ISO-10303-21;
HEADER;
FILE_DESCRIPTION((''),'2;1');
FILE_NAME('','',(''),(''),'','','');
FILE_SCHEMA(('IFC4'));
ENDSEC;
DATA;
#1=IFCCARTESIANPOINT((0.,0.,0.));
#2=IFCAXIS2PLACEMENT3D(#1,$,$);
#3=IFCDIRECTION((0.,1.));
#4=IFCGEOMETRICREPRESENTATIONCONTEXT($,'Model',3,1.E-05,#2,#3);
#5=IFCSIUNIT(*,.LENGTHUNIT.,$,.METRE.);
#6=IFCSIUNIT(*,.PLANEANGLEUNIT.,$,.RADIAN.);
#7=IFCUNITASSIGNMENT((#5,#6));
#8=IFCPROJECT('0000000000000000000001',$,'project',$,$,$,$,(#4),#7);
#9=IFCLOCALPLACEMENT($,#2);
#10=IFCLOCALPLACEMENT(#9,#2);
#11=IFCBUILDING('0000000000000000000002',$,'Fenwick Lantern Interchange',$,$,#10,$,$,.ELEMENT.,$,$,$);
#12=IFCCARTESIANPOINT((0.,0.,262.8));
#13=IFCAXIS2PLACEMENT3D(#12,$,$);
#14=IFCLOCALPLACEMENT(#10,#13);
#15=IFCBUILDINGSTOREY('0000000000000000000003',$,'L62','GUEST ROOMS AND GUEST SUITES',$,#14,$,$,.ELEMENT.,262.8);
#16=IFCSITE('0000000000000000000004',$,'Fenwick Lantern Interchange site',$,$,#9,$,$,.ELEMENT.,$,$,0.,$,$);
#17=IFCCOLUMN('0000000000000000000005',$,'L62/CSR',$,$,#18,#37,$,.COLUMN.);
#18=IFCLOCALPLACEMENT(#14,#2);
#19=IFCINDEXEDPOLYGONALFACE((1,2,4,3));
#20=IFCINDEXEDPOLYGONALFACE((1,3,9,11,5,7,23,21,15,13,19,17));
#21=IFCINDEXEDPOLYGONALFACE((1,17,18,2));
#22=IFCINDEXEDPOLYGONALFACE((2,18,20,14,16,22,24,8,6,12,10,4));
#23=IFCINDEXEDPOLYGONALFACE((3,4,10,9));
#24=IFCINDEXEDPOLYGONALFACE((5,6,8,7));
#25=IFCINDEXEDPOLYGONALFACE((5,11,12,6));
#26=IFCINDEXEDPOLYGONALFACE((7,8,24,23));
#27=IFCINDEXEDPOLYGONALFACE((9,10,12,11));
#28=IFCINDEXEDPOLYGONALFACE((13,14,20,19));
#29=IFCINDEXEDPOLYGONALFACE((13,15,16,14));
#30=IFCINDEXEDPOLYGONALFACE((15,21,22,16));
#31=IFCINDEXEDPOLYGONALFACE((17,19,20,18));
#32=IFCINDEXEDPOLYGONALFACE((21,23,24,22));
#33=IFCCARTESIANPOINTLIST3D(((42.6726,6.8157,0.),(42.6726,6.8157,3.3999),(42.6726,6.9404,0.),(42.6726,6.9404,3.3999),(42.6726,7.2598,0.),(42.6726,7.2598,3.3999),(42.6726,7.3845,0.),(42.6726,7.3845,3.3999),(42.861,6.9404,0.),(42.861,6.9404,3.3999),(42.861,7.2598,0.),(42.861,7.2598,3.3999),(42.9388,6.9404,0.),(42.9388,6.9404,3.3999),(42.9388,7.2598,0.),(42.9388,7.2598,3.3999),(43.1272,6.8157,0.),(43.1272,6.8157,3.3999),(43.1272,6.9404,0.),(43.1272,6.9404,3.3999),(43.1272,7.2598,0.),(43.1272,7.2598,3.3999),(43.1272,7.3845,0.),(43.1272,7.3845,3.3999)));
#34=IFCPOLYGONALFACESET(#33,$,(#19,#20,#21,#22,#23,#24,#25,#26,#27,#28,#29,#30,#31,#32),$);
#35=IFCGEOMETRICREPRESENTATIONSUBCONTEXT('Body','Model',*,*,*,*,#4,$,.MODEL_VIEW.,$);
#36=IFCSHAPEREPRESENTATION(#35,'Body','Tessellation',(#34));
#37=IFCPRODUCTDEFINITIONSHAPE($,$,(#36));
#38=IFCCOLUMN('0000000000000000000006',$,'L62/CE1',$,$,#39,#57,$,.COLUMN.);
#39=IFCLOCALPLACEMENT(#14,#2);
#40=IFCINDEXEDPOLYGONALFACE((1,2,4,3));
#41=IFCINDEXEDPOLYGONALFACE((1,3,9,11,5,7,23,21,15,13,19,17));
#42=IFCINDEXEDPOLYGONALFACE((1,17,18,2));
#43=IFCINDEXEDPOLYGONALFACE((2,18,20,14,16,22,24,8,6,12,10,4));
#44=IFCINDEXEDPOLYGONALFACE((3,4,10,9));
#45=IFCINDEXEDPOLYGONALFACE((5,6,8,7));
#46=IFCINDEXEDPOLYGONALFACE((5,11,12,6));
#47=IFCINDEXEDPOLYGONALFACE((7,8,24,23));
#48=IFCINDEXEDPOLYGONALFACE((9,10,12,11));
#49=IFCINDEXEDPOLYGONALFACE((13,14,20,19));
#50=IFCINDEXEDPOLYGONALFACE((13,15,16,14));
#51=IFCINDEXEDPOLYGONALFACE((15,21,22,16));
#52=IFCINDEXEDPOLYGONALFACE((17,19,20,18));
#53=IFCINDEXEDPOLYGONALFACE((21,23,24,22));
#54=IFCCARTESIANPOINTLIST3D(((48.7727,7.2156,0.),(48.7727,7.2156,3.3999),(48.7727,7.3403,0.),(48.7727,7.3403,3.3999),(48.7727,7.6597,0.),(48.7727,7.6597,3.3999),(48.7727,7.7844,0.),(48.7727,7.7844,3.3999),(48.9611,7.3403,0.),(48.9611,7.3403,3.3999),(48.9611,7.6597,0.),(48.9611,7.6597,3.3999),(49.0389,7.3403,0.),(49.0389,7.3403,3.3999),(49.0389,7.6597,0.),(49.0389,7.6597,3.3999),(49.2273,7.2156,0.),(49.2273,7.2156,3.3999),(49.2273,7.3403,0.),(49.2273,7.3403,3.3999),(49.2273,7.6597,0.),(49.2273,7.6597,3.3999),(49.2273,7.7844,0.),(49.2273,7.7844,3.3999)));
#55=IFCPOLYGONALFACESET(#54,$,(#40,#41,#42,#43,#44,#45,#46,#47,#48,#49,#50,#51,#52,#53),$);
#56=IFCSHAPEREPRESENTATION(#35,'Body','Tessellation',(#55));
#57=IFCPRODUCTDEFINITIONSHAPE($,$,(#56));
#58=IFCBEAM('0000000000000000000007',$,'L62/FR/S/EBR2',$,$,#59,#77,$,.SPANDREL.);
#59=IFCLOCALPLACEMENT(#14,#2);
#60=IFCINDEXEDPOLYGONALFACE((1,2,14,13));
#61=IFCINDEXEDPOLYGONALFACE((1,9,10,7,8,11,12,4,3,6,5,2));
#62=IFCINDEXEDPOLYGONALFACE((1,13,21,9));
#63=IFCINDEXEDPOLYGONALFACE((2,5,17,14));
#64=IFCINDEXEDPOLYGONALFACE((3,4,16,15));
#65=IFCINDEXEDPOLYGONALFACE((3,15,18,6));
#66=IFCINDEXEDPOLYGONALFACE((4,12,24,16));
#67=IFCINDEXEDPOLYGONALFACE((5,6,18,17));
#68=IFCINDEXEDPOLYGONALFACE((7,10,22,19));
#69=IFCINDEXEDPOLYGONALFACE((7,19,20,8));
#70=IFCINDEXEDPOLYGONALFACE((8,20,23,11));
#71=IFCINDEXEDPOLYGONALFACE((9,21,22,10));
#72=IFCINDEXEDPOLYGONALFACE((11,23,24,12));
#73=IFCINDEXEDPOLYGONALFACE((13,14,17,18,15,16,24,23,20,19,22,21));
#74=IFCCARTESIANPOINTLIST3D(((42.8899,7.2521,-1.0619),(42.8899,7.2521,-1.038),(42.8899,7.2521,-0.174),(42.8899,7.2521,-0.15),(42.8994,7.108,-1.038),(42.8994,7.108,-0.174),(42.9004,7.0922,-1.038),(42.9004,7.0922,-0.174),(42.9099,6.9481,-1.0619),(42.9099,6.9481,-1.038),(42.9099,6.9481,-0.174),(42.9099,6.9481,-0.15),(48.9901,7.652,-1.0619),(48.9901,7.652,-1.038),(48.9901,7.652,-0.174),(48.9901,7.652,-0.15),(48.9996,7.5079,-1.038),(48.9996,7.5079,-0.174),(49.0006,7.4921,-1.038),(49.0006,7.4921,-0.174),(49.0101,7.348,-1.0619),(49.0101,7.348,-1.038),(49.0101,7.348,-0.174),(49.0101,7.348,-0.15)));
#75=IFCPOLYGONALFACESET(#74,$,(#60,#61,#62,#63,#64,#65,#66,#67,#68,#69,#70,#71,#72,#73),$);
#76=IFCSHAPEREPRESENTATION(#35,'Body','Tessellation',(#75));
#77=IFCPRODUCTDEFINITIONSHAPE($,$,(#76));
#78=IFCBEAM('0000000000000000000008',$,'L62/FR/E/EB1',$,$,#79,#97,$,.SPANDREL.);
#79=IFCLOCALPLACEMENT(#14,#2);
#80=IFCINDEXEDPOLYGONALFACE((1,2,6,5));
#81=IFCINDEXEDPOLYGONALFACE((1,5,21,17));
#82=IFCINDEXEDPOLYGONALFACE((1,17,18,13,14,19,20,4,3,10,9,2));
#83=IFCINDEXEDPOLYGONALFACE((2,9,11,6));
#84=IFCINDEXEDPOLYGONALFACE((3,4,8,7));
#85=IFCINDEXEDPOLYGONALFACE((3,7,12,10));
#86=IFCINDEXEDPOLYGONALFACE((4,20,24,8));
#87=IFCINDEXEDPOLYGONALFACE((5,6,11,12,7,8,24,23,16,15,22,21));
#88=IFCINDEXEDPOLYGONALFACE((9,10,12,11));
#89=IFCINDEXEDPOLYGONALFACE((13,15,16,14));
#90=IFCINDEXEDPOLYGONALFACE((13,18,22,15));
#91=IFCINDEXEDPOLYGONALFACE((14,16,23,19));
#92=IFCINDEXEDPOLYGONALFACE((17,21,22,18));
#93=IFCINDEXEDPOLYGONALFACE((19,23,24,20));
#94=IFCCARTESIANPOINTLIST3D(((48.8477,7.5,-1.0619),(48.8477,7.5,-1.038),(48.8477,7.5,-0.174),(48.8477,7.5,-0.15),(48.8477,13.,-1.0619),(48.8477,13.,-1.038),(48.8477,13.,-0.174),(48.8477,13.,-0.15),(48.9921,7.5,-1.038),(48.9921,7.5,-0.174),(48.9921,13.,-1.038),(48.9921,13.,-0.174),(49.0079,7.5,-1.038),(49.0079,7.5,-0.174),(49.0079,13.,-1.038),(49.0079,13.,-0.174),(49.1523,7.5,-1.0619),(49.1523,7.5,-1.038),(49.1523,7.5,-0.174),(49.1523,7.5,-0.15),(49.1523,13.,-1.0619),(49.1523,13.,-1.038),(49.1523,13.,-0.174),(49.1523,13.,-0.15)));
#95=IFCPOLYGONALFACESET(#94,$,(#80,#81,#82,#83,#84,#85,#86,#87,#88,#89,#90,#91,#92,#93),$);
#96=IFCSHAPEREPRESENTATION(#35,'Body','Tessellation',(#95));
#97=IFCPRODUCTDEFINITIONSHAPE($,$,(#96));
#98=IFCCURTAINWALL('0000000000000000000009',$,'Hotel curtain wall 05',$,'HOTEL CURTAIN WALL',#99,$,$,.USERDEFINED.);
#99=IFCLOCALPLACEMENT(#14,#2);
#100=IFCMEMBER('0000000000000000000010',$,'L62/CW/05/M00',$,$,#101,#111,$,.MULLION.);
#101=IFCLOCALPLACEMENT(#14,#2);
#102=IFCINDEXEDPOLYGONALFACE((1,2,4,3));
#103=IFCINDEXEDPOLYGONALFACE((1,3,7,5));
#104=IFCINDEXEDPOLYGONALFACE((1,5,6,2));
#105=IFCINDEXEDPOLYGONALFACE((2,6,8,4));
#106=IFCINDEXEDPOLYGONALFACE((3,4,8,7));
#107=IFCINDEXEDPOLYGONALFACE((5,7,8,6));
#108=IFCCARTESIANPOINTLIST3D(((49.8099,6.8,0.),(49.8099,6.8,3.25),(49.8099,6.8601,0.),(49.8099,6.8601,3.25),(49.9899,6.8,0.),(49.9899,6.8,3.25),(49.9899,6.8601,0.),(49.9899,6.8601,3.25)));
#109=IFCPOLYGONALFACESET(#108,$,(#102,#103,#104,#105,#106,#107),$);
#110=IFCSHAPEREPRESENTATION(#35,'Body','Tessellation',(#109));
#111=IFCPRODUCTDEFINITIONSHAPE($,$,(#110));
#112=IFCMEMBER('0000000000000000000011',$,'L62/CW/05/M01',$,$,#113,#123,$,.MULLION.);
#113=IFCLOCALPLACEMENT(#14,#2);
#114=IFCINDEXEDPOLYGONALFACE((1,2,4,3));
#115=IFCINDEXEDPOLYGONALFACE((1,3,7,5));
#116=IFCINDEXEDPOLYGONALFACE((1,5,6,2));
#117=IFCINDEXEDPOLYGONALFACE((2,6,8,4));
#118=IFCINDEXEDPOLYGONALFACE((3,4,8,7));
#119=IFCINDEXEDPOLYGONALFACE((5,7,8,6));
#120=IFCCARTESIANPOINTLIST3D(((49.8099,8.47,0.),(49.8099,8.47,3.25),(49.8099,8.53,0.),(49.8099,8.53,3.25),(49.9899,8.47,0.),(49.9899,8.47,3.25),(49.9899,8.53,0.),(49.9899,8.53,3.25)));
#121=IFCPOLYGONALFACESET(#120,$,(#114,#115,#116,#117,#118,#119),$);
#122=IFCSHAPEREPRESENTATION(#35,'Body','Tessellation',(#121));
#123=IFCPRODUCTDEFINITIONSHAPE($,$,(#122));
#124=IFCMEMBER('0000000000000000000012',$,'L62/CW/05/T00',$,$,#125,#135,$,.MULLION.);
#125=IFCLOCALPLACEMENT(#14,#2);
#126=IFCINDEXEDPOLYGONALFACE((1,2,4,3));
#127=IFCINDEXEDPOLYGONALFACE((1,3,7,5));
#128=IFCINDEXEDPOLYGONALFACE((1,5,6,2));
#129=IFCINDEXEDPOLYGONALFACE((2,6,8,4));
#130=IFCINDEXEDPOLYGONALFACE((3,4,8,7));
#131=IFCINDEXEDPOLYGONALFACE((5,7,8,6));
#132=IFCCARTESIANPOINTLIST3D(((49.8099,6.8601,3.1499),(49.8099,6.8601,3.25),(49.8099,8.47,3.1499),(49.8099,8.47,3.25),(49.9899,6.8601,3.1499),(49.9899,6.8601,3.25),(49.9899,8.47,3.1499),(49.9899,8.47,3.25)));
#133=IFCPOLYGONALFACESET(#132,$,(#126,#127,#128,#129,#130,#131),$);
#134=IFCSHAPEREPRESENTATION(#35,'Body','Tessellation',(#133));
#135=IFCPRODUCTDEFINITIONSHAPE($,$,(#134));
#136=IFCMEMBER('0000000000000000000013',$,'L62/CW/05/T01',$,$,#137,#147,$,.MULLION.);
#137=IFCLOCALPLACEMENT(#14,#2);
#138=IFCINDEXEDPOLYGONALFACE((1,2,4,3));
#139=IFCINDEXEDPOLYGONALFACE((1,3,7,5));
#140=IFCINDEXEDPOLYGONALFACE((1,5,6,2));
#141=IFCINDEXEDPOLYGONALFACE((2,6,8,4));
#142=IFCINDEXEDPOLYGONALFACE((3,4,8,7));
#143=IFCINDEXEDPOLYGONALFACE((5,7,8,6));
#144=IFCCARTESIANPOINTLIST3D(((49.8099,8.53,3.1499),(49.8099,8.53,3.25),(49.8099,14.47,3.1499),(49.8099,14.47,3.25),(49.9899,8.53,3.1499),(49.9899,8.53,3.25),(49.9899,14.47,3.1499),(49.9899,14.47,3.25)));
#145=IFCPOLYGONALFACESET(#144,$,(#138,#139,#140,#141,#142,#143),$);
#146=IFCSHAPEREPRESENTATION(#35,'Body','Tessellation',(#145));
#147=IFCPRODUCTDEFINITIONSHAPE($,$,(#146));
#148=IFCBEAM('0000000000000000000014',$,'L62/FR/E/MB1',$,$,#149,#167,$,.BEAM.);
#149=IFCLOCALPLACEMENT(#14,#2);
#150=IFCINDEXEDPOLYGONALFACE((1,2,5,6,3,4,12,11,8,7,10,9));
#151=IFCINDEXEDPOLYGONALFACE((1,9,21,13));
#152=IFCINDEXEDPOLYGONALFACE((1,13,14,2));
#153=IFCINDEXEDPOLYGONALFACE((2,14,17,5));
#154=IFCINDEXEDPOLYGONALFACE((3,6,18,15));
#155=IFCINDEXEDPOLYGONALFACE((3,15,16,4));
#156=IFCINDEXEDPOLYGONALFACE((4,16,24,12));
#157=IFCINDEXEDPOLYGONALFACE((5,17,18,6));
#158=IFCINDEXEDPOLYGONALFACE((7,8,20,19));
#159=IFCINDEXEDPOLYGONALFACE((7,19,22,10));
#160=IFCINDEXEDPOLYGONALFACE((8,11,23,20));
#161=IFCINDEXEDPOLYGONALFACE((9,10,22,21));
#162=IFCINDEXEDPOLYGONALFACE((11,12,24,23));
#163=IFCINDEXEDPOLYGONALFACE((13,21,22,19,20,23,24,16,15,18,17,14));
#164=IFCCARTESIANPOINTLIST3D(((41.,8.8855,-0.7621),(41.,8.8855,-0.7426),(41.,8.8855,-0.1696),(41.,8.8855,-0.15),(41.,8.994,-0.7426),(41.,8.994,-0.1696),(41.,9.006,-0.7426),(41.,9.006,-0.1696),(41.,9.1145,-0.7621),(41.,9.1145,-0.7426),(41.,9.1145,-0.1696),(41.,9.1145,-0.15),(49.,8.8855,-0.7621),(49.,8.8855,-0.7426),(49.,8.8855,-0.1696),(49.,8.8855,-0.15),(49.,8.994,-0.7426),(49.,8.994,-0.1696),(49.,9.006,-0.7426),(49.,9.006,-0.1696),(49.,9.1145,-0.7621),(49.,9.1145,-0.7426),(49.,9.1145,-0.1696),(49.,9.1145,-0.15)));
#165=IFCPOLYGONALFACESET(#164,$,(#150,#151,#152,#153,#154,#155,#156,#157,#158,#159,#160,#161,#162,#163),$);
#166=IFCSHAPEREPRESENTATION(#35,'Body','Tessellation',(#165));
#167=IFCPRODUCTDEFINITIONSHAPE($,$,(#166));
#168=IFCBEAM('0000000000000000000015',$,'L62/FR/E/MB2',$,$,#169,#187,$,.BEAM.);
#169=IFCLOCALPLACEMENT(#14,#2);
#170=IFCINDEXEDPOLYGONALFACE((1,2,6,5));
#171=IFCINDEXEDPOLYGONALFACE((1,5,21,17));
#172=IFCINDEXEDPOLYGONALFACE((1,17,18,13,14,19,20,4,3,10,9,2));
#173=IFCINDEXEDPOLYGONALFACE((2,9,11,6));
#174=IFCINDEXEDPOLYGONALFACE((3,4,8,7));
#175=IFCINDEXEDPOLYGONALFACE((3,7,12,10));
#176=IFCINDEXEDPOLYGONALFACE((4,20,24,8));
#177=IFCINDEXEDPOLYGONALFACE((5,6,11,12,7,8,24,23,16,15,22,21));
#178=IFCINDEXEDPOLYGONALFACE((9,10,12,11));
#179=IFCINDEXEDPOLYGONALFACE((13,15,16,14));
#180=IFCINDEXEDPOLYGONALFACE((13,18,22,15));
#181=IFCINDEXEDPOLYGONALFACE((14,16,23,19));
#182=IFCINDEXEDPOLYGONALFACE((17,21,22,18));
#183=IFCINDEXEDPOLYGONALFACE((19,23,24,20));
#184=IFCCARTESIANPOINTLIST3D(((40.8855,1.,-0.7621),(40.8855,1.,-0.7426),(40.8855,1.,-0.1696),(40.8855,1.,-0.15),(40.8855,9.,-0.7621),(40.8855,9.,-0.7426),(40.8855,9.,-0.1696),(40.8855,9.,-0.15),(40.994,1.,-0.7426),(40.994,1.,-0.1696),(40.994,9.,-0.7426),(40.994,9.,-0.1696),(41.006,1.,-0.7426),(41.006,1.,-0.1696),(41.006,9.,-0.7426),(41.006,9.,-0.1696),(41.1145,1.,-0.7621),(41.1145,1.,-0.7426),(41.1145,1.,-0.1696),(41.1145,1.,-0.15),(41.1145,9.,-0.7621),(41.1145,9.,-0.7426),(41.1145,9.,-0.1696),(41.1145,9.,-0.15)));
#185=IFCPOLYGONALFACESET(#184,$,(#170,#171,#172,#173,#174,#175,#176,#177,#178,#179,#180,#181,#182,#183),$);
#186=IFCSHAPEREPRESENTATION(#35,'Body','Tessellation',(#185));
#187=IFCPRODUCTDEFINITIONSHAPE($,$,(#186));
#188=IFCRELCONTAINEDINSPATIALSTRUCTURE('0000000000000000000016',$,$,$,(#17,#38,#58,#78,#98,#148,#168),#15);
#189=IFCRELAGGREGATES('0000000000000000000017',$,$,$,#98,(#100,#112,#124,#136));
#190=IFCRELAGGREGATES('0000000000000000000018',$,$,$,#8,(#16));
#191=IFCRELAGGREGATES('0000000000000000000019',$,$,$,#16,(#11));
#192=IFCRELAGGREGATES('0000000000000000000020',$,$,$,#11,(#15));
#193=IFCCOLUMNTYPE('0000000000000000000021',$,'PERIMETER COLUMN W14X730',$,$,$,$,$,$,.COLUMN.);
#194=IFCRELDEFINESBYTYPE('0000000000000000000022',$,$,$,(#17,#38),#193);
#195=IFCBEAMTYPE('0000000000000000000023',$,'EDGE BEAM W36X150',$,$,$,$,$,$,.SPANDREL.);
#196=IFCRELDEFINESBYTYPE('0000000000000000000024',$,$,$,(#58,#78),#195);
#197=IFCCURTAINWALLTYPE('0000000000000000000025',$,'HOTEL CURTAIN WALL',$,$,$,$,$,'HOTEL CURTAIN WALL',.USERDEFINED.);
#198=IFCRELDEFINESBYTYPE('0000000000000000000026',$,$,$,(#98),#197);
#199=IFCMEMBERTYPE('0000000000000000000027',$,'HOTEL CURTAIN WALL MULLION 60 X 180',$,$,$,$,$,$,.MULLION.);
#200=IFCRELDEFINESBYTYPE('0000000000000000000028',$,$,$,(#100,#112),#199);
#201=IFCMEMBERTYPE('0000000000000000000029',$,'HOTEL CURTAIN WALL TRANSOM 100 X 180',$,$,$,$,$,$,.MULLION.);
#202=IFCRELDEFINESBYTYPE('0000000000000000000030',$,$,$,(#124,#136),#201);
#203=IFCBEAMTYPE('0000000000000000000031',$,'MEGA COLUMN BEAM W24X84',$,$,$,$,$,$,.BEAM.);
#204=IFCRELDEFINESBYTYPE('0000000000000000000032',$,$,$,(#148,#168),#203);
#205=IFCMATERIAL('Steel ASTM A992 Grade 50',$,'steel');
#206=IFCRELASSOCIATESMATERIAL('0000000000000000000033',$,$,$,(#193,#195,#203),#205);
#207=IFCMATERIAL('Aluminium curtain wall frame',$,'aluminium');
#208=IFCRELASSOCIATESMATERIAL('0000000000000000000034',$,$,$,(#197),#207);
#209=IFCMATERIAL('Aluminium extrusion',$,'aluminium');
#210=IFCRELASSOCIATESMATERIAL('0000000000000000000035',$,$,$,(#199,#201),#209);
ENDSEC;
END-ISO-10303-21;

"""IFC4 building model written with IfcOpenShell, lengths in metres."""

from ifc_helpers import new_model, si_unit, direction, frame, origin, origin_2d, place, context, subcontext, project, spatial, rectangle, i_section, extrude, material, material_profile, profile_set, type_object, element, aggregate, save


model = new_model("IFC4")

# Units and contexts
model_context = context("Model", 3, precision=1e-05, world=origin(), true_north=direction((0.0, 1.0)))
body_context = subcontext(model_context, "Body", "Model", "MODEL_VIEW")
ifc_project = project(units=[si_unit("LENGTHUNIT", "METRE"), si_unit("PLANEANGLEUNIT", "RADIAN")], contexts=[model_context])

# Site, building, storey
site_placement = place(None, origin())
site = spatial("IfcSite", under=ifc_project, at=site_placement, Name="Fenwick Lantern Interchange site", CompositionType="ELEMENT", RefElevation=0.0)
building_placement = place(site_placement, origin())
building = spatial("IfcBuilding", under=site, at=building_placement, Name="Fenwick Lantern Interchange", CompositionType="ELEMENT")
storey_placement = place(building_placement, frame((0.0, 0.0, 262.8)))
storey = spatial("IfcBuildingStorey", under=building, at=storey_placement, Name="L62", Description="GUEST ROOMS AND GUEST SUITES", CompositionType="ELEMENT", Elevation=262.8)

# Columns
ifc_material_1 = material(Name="Steel ASTM A992 Grade 50", Category="steel")
ifc_material_profile_1 = material_profile(ifc_material_1, i_section(OverallWidth=0.4546, OverallDepth=0.5688, WebThickness=0.0779, FlangeThickness=0.1248, at=origin_2d()), Name="W14X730")
ifc_profile_set_1 = profile_set([ifc_material_profile_1], Name="Steel ASTM A992 Grade 50")
column_type = type_object("IfcColumnType", Name="PERIMETER COLUMN W14X730", PredefinedType="COLUMN", material=ifc_profile_set_1)
for number, where, z_axis, x_axis, name in (
    (1, (42.8999, 7.1001, 0.0), (0.0, 0.0, 1.0), (1.0, 0.0, 0.0), "L62/CSR"),
    (2, (49.0, 7.5, 0.0), (0.0, 0.0, 1.0), (1.0, 0.0, 0.0), "L62/CE1"),
):
    element("IfcColumn", number, at=place(storey_placement, frame(where, z_axis=z_axis, x_axis=x_axis)), inside=storey, type_object=column_type, Name=name, PredefinedType="COLUMN", context=body_context, shape_type="SweptSolid", body=[
        extrude(i_section(OverallWidth=0.4546, OverallDepth=0.5688, WebThickness=0.0779, FlangeThickness=0.1248, at=origin_2d()), origin(), (0.0, 0.0, 1.0), 3.3999),
    ])

# Beams
ifc_material_profile_2 = material_profile(ifc_material_1, i_section(OverallWidth=0.3047, OverallDepth=0.9119, WebThickness=0.0159, FlangeThickness=0.0239, at=origin_2d()), Name="W36X150")
ifc_profile_set_2 = profile_set([ifc_material_profile_2], Name="Steel ASTM A992 Grade 50")
beam_type_1 = type_object("IfcBeamType", Name="EDGE BEAM W36X150", PredefinedType="SPANDREL", material=ifc_profile_set_2)
beam_1_placement = place(storey_placement, frame((42.8999, 7.1001, -0.606), z_axis=(0.997858, 0.065416, 0.0), x_axis=(-0.065416, 0.997858, 0.0)))
element("IfcBeam", 3, at=beam_1_placement, inside=storey, type_object=beam_type_1, Name="L62/FR/S/EBR2", PredefinedType="SPANDREL", context=body_context, shape_type="SweptSolid", body=[
    extrude(i_section(OverallWidth=0.3047, OverallDepth=0.9119, WebThickness=0.0159, FlangeThickness=0.0239, at=origin_2d()), origin(), (0.0, 0.0, 1.0), 6.1133),
])
beam_2_placement = place(storey_placement, frame((49.0, 7.5, -0.606), z_axis=(0.0, 1.0, 0.0), x_axis=(-1.0, 0.0, 0.0)))
element("IfcBeam", 4, at=beam_2_placement, inside=storey, type_object=beam_type_1, Name="L62/FR/E/EB1", PredefinedType="SPANDREL", context=body_context, shape_type="SweptSolid", body=[
    extrude(i_section(OverallWidth=0.3047, OverallDepth=0.9119, WebThickness=0.0159, FlangeThickness=0.0239, at=origin_2d()), origin(), (0.0, 0.0, 1.0), 5.5),
])

# Curtain wall, members
ifc_material_2 = material(Name="Aluminium curtain wall frame", Category="aluminium")
curtain_wall_type = type_object("IfcCurtainWallType", Name="HOTEL CURTAIN WALL", ElementType="HOTEL CURTAIN WALL", PredefinedType="USERDEFINED", material=ifc_material_2)
curtain_wall_placement = place(storey_placement, origin())
curtain_wall = element("IfcCurtainWall", 5, at=curtain_wall_placement, inside=storey, type_object=curtain_wall_type, Name="Hotel curtain wall 05", ObjectType="HOTEL CURTAIN WALL", PredefinedType="USERDEFINED")
ifc_material_3 = material(Name="Aluminium extrusion", Category="aluminium")
ifc_material_profile_3 = material_profile(ifc_material_3, rectangle(XDim=0.1799, YDim=0.0601, at=origin_2d()), Name="HOTEL CURTAIN WALL MULLION 60 X 180")
ifc_profile_set_3 = profile_set([ifc_material_profile_3], Name="Aluminium extrusion")
member_type_1 = type_object("IfcMemberType", Name="HOTEL CURTAIN WALL MULLION 60 X 180", PredefinedType="MULLION", material=ifc_profile_set_3)
member_1_placement = place(storey_placement, frame((49.8999, 6.8301, 0.0), z_axis=(0.0, 0.0, 1.0), x_axis=(-1.0, 0.0, 0.0)))
member_1 = element("IfcMember", 6, at=member_1_placement, type_object=member_type_1, Name="L62/CW/05/M00", PredefinedType="MULLION", context=body_context, shape_type="SweptSolid", body=[
    extrude(rectangle(XDim=0.1799, YDim=0.0601, at=origin_2d()), origin(), (0.0, 0.0, 1.0), 3.25),
])
member_2_placement = place(storey_placement, frame((49.8999, 8.5, 0.0), z_axis=(0.0, 0.0, 1.0), x_axis=(-1.0, 0.0, 0.0)))
member_2 = element("IfcMember", 7, at=member_2_placement, type_object=member_type_1, Name="L62/CW/05/M01", PredefinedType="MULLION", context=body_context, shape_type="SweptSolid", body=[
    extrude(rectangle(XDim=0.1799, YDim=0.0601, at=origin_2d()), origin(), (0.0, 0.0, 1.0), 3.25),
])
ifc_material_profile_4 = material_profile(ifc_material_3, rectangle(XDim=0.1799, YDim=0.1001, at=origin_2d()), Name="HOTEL CURTAIN WALL TRANSOM 100 X 180")
ifc_profile_set_4 = profile_set([ifc_material_profile_4], Name="Aluminium extrusion")
member_type_2 = type_object("IfcMemberType", Name="HOTEL CURTAIN WALL TRANSOM 100 X 180", PredefinedType="MULLION", material=ifc_profile_set_4)
member_3_placement = place(storey_placement, frame((49.8999, 6.8601, 3.2), z_axis=(0.0, 1.0, 0.0), x_axis=(-1.0, 0.0, 0.0)))
member_3 = element("IfcMember", 8, at=member_3_placement, type_object=member_type_2, Name="L62/CW/05/T00", PredefinedType="MULLION", context=body_context, shape_type="SweptSolid", body=[
    extrude(rectangle(XDim=0.1799, YDim=0.1001, at=origin_2d()), origin(), (0.0, 0.0, 1.0), 1.6099),
])
member_4_placement = place(storey_placement, frame((49.8999, 8.53, 3.2), z_axis=(0.0, 1.0, 0.0), x_axis=(-1.0, 0.0, 0.0)))
member_4 = element("IfcMember", 9, at=member_4_placement, type_object=member_type_2, Name="L62/CW/05/T01", PredefinedType="MULLION", context=body_context, shape_type="SweptSolid", body=[
    extrude(rectangle(XDim=0.1799, YDim=0.1001, at=origin_2d()), origin(), (0.0, 0.0, 1.0), 5.9399),
])

# Beams
ifc_material_profile_5 = material_profile(ifc_material_1, i_section(OverallWidth=0.229, OverallDepth=0.6121, WebThickness=0.012, FlangeThickness=0.0195, at=origin_2d()), Name="W24X84")
ifc_profile_set_5 = profile_set([ifc_material_profile_5], Name="Steel ASTM A992 Grade 50")
beam_type_2 = type_object("IfcBeamType", Name="MEGA COLUMN BEAM W24X84", PredefinedType="BEAM", material=ifc_profile_set_5)
for number, where, z_axis, x_axis, name in (
    (10, (41.0, 9.0, -0.4561), (1.0, 0.0, 0.0), (0.0, 1.0, 0.0), "L62/FR/E/MB1"),
    (11, (41.0, 9.0, -0.4561), (0.0, -1.0, 0.0), (1.0, 0.0, 0.0), "L62/FR/E/MB2"),
):
    element("IfcBeam", number, at=place(storey_placement, frame(where, z_axis=z_axis, x_axis=x_axis)), inside=storey, type_object=beam_type_2, Name=name, PredefinedType="BEAM", context=body_context, shape_type="SweptSolid", body=[
        extrude(i_section(OverallWidth=0.229, OverallDepth=0.6121, WebThickness=0.012, FlangeThickness=0.0195, at=origin_2d()), origin(), (0.0, 0.0, 1.0), 8.0),
    ])

aggregate(curtain_wall, [member_1, member_2, member_3, member_4])

save(model, "model.ifc")
